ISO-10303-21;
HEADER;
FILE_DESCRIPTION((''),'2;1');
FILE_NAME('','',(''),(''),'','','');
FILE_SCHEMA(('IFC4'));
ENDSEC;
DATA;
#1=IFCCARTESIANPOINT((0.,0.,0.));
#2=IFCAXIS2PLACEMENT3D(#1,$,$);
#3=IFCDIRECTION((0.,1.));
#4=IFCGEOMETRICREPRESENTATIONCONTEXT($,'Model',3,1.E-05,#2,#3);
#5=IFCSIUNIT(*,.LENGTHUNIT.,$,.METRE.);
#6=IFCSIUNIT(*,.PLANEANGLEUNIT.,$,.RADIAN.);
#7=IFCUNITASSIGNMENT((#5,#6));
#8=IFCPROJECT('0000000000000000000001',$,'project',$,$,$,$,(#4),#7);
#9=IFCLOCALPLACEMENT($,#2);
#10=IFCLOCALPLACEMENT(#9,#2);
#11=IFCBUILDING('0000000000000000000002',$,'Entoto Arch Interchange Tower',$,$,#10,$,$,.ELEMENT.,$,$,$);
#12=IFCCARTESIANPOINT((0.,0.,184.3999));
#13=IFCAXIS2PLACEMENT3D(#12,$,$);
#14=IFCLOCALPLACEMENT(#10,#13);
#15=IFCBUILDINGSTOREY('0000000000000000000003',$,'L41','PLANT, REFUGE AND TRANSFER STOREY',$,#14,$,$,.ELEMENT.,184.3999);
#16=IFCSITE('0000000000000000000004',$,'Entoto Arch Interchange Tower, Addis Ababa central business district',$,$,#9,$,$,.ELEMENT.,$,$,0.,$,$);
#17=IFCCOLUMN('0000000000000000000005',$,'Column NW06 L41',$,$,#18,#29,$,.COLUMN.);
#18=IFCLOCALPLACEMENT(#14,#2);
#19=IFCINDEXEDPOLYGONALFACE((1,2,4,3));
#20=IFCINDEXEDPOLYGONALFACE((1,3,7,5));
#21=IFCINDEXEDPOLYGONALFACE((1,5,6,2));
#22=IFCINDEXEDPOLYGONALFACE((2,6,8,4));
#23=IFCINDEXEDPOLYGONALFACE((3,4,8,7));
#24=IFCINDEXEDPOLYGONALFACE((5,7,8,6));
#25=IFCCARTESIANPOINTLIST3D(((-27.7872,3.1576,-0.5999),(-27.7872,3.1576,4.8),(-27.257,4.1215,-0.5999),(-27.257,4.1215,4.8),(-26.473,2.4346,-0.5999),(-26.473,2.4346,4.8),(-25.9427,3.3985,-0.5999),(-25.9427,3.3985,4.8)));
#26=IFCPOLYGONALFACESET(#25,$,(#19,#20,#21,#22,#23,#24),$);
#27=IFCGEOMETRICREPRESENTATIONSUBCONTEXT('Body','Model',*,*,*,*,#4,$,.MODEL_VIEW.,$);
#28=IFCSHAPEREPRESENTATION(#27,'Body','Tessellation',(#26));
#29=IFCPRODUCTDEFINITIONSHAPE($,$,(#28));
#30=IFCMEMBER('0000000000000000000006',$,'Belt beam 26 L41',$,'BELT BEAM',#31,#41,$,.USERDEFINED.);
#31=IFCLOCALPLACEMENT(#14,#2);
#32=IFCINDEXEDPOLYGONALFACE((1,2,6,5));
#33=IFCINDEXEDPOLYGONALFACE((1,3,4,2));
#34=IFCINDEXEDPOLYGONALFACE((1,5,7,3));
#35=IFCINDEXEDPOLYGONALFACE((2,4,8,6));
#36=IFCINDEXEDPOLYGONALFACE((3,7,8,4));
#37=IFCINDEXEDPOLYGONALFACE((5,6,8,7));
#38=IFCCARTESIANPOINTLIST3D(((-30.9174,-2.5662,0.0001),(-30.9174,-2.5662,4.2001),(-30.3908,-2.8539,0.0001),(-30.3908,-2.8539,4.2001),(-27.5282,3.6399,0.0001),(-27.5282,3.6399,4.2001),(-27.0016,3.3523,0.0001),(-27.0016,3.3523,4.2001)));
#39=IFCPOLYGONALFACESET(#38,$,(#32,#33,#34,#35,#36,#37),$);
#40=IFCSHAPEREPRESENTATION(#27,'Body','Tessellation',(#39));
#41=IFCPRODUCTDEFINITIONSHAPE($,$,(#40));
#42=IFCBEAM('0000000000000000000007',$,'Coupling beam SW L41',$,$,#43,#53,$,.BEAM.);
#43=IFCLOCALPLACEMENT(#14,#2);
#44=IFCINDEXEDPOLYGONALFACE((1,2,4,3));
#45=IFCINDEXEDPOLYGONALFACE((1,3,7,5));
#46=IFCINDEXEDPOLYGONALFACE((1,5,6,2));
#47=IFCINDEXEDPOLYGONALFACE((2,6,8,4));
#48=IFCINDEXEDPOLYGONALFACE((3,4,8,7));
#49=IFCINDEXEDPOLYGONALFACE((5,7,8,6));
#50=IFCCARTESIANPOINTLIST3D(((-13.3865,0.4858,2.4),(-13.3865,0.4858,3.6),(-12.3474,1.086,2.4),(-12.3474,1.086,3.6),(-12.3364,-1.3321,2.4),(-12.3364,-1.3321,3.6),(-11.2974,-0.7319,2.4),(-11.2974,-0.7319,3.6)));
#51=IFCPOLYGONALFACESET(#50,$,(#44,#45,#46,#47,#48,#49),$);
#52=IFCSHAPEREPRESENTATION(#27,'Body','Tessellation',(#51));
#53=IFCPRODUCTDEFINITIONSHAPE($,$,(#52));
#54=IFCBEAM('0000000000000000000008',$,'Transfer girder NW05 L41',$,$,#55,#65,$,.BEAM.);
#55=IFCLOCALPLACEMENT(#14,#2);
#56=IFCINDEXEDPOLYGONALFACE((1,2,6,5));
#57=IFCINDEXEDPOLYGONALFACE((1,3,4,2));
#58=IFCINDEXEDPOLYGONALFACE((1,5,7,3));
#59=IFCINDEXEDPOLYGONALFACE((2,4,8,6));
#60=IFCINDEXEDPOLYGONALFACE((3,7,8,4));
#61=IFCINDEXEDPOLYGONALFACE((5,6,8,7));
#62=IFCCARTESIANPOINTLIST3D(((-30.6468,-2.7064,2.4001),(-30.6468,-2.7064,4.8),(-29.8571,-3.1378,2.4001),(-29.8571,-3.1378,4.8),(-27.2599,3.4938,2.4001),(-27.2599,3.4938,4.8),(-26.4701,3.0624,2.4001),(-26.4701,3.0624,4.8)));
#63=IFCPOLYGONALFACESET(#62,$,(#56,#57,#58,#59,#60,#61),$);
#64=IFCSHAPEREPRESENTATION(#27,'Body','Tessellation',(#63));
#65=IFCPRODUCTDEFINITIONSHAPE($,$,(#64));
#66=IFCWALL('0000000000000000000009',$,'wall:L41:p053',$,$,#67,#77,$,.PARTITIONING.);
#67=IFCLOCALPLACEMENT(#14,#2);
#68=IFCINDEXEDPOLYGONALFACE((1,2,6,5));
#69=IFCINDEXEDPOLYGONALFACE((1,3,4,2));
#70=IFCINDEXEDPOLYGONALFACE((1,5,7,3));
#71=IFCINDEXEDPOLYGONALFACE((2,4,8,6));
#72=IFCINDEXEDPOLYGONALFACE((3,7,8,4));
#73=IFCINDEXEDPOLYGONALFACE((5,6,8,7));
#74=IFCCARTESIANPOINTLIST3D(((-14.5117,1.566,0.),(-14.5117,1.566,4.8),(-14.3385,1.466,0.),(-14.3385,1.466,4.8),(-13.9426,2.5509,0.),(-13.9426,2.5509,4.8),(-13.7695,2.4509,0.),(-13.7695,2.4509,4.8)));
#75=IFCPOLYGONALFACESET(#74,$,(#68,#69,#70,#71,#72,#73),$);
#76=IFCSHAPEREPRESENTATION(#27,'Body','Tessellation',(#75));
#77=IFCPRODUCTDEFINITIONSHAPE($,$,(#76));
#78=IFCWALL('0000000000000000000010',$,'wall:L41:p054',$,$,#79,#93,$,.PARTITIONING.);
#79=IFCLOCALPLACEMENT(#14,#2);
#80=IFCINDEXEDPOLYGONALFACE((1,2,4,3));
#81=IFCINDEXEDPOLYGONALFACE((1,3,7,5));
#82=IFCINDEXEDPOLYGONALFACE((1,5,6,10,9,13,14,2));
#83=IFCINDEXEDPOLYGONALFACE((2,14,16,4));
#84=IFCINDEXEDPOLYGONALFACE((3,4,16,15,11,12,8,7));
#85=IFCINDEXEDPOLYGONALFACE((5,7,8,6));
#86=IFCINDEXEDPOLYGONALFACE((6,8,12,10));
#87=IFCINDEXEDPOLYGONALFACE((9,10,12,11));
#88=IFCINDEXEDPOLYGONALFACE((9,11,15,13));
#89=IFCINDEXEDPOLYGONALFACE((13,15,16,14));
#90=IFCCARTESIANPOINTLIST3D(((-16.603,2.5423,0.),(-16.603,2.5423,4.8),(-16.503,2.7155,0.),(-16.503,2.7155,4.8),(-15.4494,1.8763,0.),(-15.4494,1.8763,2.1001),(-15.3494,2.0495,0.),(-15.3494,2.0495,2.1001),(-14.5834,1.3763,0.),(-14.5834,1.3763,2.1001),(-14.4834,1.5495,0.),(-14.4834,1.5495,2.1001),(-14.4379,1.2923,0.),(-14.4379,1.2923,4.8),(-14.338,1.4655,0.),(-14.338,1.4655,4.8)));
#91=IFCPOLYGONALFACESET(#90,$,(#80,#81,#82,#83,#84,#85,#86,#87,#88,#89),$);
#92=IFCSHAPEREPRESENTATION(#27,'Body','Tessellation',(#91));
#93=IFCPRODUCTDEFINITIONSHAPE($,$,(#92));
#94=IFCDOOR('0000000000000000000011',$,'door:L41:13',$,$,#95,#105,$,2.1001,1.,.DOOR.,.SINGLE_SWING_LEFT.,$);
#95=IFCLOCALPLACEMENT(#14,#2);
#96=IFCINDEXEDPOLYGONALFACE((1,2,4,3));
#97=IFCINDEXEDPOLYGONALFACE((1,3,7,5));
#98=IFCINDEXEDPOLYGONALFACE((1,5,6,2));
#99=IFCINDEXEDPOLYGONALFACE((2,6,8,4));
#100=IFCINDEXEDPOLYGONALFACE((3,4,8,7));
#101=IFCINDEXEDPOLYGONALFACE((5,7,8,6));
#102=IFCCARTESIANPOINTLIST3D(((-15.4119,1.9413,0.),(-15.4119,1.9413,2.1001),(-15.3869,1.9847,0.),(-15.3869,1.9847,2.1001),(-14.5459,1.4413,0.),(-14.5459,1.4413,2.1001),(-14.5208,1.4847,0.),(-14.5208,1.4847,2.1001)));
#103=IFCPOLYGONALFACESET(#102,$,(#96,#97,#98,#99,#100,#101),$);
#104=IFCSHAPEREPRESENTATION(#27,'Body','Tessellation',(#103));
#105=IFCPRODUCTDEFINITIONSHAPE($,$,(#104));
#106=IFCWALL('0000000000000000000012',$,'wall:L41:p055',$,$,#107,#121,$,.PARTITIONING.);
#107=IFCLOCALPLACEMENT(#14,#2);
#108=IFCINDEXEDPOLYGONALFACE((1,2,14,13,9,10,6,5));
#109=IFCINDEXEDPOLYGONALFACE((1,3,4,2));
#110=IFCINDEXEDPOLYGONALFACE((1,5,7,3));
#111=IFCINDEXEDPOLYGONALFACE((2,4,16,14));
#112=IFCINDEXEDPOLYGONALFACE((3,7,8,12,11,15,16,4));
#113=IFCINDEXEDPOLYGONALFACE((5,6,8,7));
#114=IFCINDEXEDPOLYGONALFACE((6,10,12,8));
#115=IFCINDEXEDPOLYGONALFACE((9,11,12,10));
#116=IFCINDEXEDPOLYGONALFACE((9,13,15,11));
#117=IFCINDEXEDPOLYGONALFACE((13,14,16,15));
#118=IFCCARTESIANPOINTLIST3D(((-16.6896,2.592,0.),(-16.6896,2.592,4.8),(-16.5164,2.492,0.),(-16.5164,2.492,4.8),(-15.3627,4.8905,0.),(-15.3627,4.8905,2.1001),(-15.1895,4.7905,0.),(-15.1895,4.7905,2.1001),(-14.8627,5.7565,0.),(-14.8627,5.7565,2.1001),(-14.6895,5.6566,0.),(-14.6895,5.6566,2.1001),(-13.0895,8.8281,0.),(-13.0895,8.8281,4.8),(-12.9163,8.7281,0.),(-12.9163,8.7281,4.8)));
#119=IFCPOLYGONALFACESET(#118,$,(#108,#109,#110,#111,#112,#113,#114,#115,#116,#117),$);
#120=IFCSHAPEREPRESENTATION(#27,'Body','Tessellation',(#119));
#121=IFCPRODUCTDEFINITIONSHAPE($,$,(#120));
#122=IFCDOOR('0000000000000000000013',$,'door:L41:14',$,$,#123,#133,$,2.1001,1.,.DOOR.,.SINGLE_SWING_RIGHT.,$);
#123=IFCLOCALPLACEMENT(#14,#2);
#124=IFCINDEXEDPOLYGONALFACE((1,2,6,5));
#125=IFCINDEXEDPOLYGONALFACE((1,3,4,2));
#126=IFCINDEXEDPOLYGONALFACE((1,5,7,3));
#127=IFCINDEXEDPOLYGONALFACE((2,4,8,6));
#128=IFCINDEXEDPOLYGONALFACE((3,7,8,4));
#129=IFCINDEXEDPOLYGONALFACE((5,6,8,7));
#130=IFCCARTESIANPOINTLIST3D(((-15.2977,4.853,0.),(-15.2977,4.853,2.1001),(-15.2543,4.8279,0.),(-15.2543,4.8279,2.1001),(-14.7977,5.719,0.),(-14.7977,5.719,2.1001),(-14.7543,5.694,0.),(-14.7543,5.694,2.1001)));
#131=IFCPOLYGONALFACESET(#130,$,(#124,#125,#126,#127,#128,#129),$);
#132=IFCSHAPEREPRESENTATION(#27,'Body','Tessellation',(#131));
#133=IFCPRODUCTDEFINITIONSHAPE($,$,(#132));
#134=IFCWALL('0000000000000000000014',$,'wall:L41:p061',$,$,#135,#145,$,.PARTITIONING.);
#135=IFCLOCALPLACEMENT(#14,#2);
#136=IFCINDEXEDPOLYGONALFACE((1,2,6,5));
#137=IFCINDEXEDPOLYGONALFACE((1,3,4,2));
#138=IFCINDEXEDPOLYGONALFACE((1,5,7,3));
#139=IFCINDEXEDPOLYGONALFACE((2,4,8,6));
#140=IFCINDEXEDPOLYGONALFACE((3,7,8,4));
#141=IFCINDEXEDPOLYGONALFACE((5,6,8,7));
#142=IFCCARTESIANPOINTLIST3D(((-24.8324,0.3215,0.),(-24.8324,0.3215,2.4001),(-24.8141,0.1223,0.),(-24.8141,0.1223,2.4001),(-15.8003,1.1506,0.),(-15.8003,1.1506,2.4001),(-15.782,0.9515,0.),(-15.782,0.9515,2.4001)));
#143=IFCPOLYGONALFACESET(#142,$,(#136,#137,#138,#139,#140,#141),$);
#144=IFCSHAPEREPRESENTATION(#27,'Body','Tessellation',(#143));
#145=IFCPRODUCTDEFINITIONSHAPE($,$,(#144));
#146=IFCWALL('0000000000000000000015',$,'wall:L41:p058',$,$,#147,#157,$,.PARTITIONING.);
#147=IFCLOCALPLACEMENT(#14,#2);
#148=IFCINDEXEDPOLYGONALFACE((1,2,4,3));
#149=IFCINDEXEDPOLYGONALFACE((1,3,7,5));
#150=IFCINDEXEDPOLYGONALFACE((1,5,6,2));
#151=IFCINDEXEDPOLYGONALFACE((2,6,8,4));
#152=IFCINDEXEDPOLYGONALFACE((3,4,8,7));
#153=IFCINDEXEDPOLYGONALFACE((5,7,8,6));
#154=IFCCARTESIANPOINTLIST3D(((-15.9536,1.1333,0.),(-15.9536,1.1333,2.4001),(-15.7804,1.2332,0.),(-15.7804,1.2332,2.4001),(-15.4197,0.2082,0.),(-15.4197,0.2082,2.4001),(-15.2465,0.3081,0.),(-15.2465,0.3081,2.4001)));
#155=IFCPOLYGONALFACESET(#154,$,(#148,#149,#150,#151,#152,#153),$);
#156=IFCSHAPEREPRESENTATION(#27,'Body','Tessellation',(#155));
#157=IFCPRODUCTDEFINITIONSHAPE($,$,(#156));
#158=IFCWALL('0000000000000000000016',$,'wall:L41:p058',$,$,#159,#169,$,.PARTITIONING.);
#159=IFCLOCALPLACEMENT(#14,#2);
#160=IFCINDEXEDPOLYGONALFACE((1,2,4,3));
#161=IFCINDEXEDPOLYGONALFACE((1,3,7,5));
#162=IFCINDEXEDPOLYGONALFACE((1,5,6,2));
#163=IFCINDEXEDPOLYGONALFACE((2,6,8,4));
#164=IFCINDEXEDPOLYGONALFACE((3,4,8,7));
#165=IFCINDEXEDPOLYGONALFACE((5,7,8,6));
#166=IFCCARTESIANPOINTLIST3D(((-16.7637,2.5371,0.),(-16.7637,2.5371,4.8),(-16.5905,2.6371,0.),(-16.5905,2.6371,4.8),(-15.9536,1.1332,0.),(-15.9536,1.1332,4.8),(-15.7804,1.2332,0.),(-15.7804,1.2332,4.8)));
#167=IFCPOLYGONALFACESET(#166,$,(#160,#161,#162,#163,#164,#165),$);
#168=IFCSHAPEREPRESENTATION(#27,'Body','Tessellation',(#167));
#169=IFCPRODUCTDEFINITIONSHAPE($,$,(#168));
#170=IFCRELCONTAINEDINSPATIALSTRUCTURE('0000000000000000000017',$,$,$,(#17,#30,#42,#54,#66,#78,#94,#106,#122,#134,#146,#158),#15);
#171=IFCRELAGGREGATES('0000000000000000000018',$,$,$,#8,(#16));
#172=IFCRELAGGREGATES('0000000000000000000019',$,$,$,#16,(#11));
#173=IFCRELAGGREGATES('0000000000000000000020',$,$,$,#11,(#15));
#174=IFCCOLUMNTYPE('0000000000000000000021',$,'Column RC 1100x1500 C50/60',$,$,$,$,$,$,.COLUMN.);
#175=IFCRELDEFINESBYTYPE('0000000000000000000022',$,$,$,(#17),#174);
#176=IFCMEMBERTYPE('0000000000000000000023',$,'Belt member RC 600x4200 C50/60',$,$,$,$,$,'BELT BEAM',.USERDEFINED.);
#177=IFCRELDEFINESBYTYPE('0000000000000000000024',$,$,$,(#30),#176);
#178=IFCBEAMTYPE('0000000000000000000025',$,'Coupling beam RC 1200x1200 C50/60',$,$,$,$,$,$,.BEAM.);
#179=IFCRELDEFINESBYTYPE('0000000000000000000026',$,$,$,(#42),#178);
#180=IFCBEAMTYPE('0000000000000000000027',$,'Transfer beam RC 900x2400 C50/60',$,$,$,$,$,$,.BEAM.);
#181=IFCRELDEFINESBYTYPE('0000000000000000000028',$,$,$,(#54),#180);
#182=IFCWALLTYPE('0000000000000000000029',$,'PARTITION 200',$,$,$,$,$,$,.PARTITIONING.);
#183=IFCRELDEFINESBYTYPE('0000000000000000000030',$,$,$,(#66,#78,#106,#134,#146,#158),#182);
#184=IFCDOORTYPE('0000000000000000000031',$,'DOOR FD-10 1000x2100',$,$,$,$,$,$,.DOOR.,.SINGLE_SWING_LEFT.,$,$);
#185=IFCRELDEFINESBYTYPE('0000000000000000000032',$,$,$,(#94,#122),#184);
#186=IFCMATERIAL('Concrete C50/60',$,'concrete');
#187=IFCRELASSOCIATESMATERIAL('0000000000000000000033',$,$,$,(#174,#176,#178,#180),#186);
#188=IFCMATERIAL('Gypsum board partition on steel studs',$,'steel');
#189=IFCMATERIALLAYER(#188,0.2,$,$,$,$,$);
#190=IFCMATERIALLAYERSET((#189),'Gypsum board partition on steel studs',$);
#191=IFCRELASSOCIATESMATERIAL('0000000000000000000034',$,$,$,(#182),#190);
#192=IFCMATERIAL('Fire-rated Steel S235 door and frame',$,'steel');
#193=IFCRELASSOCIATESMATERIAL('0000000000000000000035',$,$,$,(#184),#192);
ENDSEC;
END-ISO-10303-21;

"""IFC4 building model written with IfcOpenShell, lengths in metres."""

from ifc_helpers import new_model, si_unit, direction, frame, frame_2d, origin, origin_2d, place, context, subcontext, project, spatial, rectangle, extrude, material, layer, layer_set, material_profile, profile_set, type_object, element, fill, save


model = new_model("IFC4")

# Units and contexts
model_context = context("Model", 3, precision=1e-05, world=origin(), true_north=direction((0.0, 1.0)))
body_context = subcontext(model_context, "Body", "Model", "MODEL_VIEW")
ifc_project = project(units=[si_unit("LENGTHUNIT", "METRE"), si_unit("PLANEANGLEUNIT", "RADIAN")], contexts=[model_context])

# Site, building, storey
site_placement = place(None, origin())
site = spatial("IfcSite", under=ifc_project, at=site_placement, Name="Entoto Arch Interchange Tower, Addis Ababa central business district", CompositionType="ELEMENT", RefElevation=0.0)
building_placement = place(site_placement, origin())
building = spatial("IfcBuilding", under=site, at=building_placement, Name="Entoto Arch Interchange Tower", CompositionType="ELEMENT")
storey_placement = place(building_placement, frame((0.0, 0.0, 184.3999)))
storey = spatial("IfcBuildingStorey", under=building, at=storey_placement, Name="L41", Description="PLANT, REFUGE AND TRANSFER STOREY", CompositionType="ELEMENT", Elevation=184.3999)

# Column
ifc_material_1 = material(Name="Concrete C50/60", Category="concrete")
ifc_material_profile_1 = material_profile(ifc_material_1, rectangle(XDim=1.1001, YDim=1.5, at=origin_2d()))
ifc_profile_set_1 = profile_set([ifc_material_profile_1], Name="Concrete C50/60")
column_type = type_object("IfcColumnType", Name="Column RC 1100x1500 C50/60", PredefinedType="COLUMN", material=ifc_profile_set_1)
column_placement = place(storey_placement, frame((-26.865, 3.2781, -0.5999), z_axis=(0.0, 0.0, 1.0), x_axis=(0.481983, 0.876181, 0.0)))
element("IfcColumn", 1, at=column_placement, inside=storey, type_object=column_type, Name="Column NW06 L41", PredefinedType="COLUMN", context=body_context, shape_type="SweptSolid", body=[
    extrude(rectangle(XDim=1.1001, YDim=1.5, at=origin_2d()), origin(), (0.0, 0.0, 1.0), 5.3999),
])

# Member
ifc_material_profile_2 = material_profile(ifc_material_1, rectangle(XDim=0.6001, YDim=4.2, at=origin_2d()))
ifc_profile_set_2 = profile_set([ifc_material_profile_2], Name="Concrete C50/60")
member_type = type_object("IfcMemberType", Name="Belt member RC 600x4200 C50/60", ElementType="BELT BEAM", PredefinedType="USERDEFINED", material=ifc_profile_set_2)
member_placement = place(storey_placement, frame((-27.2649, 3.4961, 2.1001), z_axis=(-0.479292, -0.877655, 0.0), x_axis=(0.877655, -0.479292, 0.0)))
element("IfcMember", 2, at=member_placement, inside=storey, type_object=member_type, Name="Belt beam 26 L41", ObjectType="BELT BEAM", PredefinedType="USERDEFINED", context=body_context, shape_type="SweptSolid", body=[
    extrude(rectangle(XDim=0.6001, YDim=4.2, at=origin_2d()), origin(), (0.0, 0.0, 1.0), 7.0713),
])

# Beams
ifc_material_profile_3 = material_profile(ifc_material_1, rectangle(XDim=1.2, YDim=1.2, at=origin_2d()))
ifc_profile_set_3 = profile_set([ifc_material_profile_3], Name="Concrete C50/60")
beam_type_1 = type_object("IfcBeamType", Name="Coupling beam RC 1200x1200 C50/60", PredefinedType="BEAM", material=ifc_profile_set_3)
beam_1_placement = place(storey_placement, frame((-12.8669, 0.7859, 3.0), z_axis=(0.500179, -0.865922, 0.0), x_axis=(0.865922, 0.500179, 0.0)))
element("IfcBeam", 3, at=beam_1_placement, inside=storey, type_object=beam_type_1, Name="Coupling beam SW L41", PredefinedType="BEAM", context=body_context, shape_type="SweptSolid", body=[
    extrude(rectangle(XDim=1.2, YDim=1.2, at=origin_2d()), origin(), (0.0, 0.0, 1.0), 2.0994),
])
ifc_material_profile_4 = material_profile(ifc_material_1, rectangle(XDim=0.8999, YDim=2.3999, at=origin_2d()))
ifc_profile_set_4 = profile_set([ifc_material_profile_4], Name="Concrete C50/60")
beam_type_2 = type_object("IfcBeamType", Name="Transfer beam RC 900x2400 C50/60", PredefinedType="BEAM", material=ifc_profile_set_4)
beam_2_placement = place(storey_placement, frame((-26.865, 3.2781, 3.6001), z_axis=(-0.479402, -0.877596, 0.0), x_axis=(0.877596, -0.479402, 0.0)))
element("IfcBeam", 4, at=beam_2_placement, inside=storey, type_object=beam_type_2, Name="Transfer girder NW05 L41", PredefinedType="BEAM", context=body_context, shape_type="SweptSolid", body=[
    extrude(rectangle(XDim=0.8999, YDim=2.3999, at=origin_2d()), origin(), (0.0, 0.0, 1.0), 7.0649),
])

# Wall
ifc_material_2 = material(Name="Gypsum board partition on steel studs", Category="steel")
ifc_layer_1 = layer(ifc_material_2, 0.2)
ifc_layer_set_1 = layer_set([ifc_layer_1], Name="Gypsum board partition on steel studs")
wall_type_1 = type_object("IfcWallType", Name="PARTITION 200", PredefinedType="PARTITIONING", material=ifc_layer_set_1)
wall_1_placement = place(storey_placement, frame((-13.856, 2.501, 0.0), z_axis=(0.0, 0.0, 1.0), x_axis=(-0.500317, -0.865842, 0.0)))
element("IfcWall", 5, at=wall_1_placement, inside=storey, type_object=wall_type_1, Name="wall:L41:p053", PredefinedType="PARTITIONING", context=body_context, shape_type="SweptSolid", body=[
    extrude(rectangle(XDim=1.1375, YDim=0.2, at=frame_2d((0.5688, 0.0))), origin(), (0.0, 0.0, 1.0), 4.8),
])

# Walls, openings, doors
wall_2_placement = place(storey_placement, frame((-14.3879, 1.3789, 0.0), z_axis=(0.0, 0.0, 1.0), x_axis=(-0.866023, 0.500004, 0.0)))
wall_2 = element("IfcWall", 6, at=wall_2_placement, inside=storey, type_object=wall_type_1, Name="wall:L41:p054", PredefinedType="PARTITIONING", context=body_context, shape_type="SweptSolid", body=[
    extrude(rectangle(XDim=2.5, YDim=0.2, at=frame_2d((1.25, 0.0))), origin(), (0.0, 0.0, 1.0), 4.8),
])
opening_1_placement = place(wall_2_placement, frame((0.168, 0.0, 0.0)))
opening_1 = element("IfcOpeningElement", 7, at=opening_1_placement, cuts=wall_2, PredefinedType="OPENING", context=body_context, shape_type="SweptSolid", body=[
    extrude(rectangle(XDim=1.0, YDim=2.1001, at=frame_2d((0.5, 1.05))), frame((0.0, 0.1099, 0.0), z_axis=(0.0, -1.0, 0.0), x_axis=(1.0, 0.0, 0.0)), (0.0, 0.0, 1.0), 0.22),
])
ifc_material_3 = material(Name="Fire-rated Steel S235 door and frame", Category="steel")
door_type = type_object("IfcDoorType", Name="DOOR FD-10 1000x2100", OperationType="SINGLE_SWING_LEFT", PredefinedType="DOOR", material=ifc_material_3)
door_1_placement = place(opening_1_placement, origin())
door_1 = element("IfcDoor", 8, at=door_1_placement, inside=storey, type_object=door_type, Name="door:L41:13", OperationType="SINGLE_SWING_LEFT", OverallHeight=2.1001, OverallWidth=1.0, PredefinedType="DOOR", context=body_context, shape_type="SweptSolid", body=[
    extrude(rectangle(XDim=1.0, YDim=2.1001, at=frame_2d((0.5, 1.05))), frame((0.0, 0.0249, 0.0), z_axis=(0.0, -1.0, 0.0), x_axis=(1.0, 0.0, 0.0)), (0.0, 0.0, 1.0), 0.05),
])
fill(opening_1, door_1)
wall_3_placement = place(storey_placement, frame((-16.603, 2.542, 0.0), z_axis=(0.0, 0.0, 1.0), x_axis=(0.499968, 0.866044, 0.0)))
wall_3 = element("IfcWall", 9, at=wall_3_placement, inside=storey, type_object=wall_type_1, Name="wall:L41:p055", PredefinedType="PARTITIONING", context=body_context, shape_type="SweptSolid", body=[
    extrude(rectangle(XDim=7.2007, YDim=0.2, at=frame_2d((3.6003, 0.0))), origin(), (0.0, 0.0, 1.0), 4.8),
])
opening_2_placement = place(wall_3_placement, frame((2.6541, 0.0, 0.0)))
opening_2 = element("IfcOpeningElement", 10, at=opening_2_placement, cuts=wall_3, PredefinedType="OPENING", context=body_context, shape_type="SweptSolid", body=[
    extrude(rectangle(XDim=1.0, YDim=2.1001, at=frame_2d((0.5, 1.05))), frame((0.0, 0.1099, 0.0), z_axis=(0.0, -1.0, 0.0), x_axis=(1.0, 0.0, 0.0)), (0.0, 0.0, 1.0), 0.22),
])
door_2_placement = place(opening_2_placement, origin())
door_2 = element("IfcDoor", 11, at=door_2_placement, inside=storey, type_object=door_type, Name="door:L41:14", OperationType="SINGLE_SWING_RIGHT", OverallHeight=2.1001, OverallWidth=1.0, PredefinedType="DOOR", context=body_context, shape_type="SweptSolid", body=[
    extrude(rectangle(XDim=1.0, YDim=2.1001, at=frame_2d((0.5, 1.05))), frame((0.0, 0.0249, 0.0), z_axis=(0.0, -1.0, 0.0), x_axis=(1.0, 0.0, 0.0)), (0.0, 0.0, 1.0), 0.05),
])
fill(opening_2, door_2)

# Walls
wall_4_placement = place(storey_placement, frame((-15.791, 1.051, 0.0), z_axis=(0.0, 0.0, 1.0), x_axis=(-0.995813, -0.091412, 0.0)))
element("IfcWall", 12, at=wall_4_placement, inside=storey, type_object=wall_type_1, Name="wall:L41:p061", PredefinedType="PARTITIONING", context=body_context, shape_type="SweptSolid", body=[
    extrude(rectangle(XDim=9.0701, YDim=0.2, at=frame_2d((4.5352, 0.0))), origin(), (0.0, 0.0, 1.0), 2.4001),
])
wall_5_placement = place(storey_placement, frame((-15.333, 0.2581, 0.0), z_axis=(0.0, 0.0, 1.0), x_axis=(-0.499901, 0.866083, 0.0)))
element("IfcWall", 13, at=wall_5_placement, inside=storey, type_object=wall_type_1, Name="wall:L41:p058", PredefinedType="PARTITIONING", context=body_context, shape_type="SweptSolid", body=[
    extrude(rectangle(XDim=1.0681, YDim=0.2, at=frame_2d((0.5342, 0.0))), origin(), (0.0, 0.0, 1.0), 2.4001),
])
wall_6_placement = place(storey_placement, frame((-15.8669, 1.1831, 0.0), z_axis=(0.0, 0.0, 1.0), x_axis=(-0.499801, 0.86614, 0.0)))
element("IfcWall", 14, at=wall_6_placement, inside=storey, type_object=wall_type_1, Name="wall:L41:p058", PredefinedType="PARTITIONING", context=body_context, shape_type="SweptSolid", body=[
    extrude(rectangle(XDim=1.6208, YDim=0.2, at=frame_2d((0.8105, 0.0))), origin(), (0.0, 0.0, 1.0), 4.8),
])

save(model, "model.ifc")
